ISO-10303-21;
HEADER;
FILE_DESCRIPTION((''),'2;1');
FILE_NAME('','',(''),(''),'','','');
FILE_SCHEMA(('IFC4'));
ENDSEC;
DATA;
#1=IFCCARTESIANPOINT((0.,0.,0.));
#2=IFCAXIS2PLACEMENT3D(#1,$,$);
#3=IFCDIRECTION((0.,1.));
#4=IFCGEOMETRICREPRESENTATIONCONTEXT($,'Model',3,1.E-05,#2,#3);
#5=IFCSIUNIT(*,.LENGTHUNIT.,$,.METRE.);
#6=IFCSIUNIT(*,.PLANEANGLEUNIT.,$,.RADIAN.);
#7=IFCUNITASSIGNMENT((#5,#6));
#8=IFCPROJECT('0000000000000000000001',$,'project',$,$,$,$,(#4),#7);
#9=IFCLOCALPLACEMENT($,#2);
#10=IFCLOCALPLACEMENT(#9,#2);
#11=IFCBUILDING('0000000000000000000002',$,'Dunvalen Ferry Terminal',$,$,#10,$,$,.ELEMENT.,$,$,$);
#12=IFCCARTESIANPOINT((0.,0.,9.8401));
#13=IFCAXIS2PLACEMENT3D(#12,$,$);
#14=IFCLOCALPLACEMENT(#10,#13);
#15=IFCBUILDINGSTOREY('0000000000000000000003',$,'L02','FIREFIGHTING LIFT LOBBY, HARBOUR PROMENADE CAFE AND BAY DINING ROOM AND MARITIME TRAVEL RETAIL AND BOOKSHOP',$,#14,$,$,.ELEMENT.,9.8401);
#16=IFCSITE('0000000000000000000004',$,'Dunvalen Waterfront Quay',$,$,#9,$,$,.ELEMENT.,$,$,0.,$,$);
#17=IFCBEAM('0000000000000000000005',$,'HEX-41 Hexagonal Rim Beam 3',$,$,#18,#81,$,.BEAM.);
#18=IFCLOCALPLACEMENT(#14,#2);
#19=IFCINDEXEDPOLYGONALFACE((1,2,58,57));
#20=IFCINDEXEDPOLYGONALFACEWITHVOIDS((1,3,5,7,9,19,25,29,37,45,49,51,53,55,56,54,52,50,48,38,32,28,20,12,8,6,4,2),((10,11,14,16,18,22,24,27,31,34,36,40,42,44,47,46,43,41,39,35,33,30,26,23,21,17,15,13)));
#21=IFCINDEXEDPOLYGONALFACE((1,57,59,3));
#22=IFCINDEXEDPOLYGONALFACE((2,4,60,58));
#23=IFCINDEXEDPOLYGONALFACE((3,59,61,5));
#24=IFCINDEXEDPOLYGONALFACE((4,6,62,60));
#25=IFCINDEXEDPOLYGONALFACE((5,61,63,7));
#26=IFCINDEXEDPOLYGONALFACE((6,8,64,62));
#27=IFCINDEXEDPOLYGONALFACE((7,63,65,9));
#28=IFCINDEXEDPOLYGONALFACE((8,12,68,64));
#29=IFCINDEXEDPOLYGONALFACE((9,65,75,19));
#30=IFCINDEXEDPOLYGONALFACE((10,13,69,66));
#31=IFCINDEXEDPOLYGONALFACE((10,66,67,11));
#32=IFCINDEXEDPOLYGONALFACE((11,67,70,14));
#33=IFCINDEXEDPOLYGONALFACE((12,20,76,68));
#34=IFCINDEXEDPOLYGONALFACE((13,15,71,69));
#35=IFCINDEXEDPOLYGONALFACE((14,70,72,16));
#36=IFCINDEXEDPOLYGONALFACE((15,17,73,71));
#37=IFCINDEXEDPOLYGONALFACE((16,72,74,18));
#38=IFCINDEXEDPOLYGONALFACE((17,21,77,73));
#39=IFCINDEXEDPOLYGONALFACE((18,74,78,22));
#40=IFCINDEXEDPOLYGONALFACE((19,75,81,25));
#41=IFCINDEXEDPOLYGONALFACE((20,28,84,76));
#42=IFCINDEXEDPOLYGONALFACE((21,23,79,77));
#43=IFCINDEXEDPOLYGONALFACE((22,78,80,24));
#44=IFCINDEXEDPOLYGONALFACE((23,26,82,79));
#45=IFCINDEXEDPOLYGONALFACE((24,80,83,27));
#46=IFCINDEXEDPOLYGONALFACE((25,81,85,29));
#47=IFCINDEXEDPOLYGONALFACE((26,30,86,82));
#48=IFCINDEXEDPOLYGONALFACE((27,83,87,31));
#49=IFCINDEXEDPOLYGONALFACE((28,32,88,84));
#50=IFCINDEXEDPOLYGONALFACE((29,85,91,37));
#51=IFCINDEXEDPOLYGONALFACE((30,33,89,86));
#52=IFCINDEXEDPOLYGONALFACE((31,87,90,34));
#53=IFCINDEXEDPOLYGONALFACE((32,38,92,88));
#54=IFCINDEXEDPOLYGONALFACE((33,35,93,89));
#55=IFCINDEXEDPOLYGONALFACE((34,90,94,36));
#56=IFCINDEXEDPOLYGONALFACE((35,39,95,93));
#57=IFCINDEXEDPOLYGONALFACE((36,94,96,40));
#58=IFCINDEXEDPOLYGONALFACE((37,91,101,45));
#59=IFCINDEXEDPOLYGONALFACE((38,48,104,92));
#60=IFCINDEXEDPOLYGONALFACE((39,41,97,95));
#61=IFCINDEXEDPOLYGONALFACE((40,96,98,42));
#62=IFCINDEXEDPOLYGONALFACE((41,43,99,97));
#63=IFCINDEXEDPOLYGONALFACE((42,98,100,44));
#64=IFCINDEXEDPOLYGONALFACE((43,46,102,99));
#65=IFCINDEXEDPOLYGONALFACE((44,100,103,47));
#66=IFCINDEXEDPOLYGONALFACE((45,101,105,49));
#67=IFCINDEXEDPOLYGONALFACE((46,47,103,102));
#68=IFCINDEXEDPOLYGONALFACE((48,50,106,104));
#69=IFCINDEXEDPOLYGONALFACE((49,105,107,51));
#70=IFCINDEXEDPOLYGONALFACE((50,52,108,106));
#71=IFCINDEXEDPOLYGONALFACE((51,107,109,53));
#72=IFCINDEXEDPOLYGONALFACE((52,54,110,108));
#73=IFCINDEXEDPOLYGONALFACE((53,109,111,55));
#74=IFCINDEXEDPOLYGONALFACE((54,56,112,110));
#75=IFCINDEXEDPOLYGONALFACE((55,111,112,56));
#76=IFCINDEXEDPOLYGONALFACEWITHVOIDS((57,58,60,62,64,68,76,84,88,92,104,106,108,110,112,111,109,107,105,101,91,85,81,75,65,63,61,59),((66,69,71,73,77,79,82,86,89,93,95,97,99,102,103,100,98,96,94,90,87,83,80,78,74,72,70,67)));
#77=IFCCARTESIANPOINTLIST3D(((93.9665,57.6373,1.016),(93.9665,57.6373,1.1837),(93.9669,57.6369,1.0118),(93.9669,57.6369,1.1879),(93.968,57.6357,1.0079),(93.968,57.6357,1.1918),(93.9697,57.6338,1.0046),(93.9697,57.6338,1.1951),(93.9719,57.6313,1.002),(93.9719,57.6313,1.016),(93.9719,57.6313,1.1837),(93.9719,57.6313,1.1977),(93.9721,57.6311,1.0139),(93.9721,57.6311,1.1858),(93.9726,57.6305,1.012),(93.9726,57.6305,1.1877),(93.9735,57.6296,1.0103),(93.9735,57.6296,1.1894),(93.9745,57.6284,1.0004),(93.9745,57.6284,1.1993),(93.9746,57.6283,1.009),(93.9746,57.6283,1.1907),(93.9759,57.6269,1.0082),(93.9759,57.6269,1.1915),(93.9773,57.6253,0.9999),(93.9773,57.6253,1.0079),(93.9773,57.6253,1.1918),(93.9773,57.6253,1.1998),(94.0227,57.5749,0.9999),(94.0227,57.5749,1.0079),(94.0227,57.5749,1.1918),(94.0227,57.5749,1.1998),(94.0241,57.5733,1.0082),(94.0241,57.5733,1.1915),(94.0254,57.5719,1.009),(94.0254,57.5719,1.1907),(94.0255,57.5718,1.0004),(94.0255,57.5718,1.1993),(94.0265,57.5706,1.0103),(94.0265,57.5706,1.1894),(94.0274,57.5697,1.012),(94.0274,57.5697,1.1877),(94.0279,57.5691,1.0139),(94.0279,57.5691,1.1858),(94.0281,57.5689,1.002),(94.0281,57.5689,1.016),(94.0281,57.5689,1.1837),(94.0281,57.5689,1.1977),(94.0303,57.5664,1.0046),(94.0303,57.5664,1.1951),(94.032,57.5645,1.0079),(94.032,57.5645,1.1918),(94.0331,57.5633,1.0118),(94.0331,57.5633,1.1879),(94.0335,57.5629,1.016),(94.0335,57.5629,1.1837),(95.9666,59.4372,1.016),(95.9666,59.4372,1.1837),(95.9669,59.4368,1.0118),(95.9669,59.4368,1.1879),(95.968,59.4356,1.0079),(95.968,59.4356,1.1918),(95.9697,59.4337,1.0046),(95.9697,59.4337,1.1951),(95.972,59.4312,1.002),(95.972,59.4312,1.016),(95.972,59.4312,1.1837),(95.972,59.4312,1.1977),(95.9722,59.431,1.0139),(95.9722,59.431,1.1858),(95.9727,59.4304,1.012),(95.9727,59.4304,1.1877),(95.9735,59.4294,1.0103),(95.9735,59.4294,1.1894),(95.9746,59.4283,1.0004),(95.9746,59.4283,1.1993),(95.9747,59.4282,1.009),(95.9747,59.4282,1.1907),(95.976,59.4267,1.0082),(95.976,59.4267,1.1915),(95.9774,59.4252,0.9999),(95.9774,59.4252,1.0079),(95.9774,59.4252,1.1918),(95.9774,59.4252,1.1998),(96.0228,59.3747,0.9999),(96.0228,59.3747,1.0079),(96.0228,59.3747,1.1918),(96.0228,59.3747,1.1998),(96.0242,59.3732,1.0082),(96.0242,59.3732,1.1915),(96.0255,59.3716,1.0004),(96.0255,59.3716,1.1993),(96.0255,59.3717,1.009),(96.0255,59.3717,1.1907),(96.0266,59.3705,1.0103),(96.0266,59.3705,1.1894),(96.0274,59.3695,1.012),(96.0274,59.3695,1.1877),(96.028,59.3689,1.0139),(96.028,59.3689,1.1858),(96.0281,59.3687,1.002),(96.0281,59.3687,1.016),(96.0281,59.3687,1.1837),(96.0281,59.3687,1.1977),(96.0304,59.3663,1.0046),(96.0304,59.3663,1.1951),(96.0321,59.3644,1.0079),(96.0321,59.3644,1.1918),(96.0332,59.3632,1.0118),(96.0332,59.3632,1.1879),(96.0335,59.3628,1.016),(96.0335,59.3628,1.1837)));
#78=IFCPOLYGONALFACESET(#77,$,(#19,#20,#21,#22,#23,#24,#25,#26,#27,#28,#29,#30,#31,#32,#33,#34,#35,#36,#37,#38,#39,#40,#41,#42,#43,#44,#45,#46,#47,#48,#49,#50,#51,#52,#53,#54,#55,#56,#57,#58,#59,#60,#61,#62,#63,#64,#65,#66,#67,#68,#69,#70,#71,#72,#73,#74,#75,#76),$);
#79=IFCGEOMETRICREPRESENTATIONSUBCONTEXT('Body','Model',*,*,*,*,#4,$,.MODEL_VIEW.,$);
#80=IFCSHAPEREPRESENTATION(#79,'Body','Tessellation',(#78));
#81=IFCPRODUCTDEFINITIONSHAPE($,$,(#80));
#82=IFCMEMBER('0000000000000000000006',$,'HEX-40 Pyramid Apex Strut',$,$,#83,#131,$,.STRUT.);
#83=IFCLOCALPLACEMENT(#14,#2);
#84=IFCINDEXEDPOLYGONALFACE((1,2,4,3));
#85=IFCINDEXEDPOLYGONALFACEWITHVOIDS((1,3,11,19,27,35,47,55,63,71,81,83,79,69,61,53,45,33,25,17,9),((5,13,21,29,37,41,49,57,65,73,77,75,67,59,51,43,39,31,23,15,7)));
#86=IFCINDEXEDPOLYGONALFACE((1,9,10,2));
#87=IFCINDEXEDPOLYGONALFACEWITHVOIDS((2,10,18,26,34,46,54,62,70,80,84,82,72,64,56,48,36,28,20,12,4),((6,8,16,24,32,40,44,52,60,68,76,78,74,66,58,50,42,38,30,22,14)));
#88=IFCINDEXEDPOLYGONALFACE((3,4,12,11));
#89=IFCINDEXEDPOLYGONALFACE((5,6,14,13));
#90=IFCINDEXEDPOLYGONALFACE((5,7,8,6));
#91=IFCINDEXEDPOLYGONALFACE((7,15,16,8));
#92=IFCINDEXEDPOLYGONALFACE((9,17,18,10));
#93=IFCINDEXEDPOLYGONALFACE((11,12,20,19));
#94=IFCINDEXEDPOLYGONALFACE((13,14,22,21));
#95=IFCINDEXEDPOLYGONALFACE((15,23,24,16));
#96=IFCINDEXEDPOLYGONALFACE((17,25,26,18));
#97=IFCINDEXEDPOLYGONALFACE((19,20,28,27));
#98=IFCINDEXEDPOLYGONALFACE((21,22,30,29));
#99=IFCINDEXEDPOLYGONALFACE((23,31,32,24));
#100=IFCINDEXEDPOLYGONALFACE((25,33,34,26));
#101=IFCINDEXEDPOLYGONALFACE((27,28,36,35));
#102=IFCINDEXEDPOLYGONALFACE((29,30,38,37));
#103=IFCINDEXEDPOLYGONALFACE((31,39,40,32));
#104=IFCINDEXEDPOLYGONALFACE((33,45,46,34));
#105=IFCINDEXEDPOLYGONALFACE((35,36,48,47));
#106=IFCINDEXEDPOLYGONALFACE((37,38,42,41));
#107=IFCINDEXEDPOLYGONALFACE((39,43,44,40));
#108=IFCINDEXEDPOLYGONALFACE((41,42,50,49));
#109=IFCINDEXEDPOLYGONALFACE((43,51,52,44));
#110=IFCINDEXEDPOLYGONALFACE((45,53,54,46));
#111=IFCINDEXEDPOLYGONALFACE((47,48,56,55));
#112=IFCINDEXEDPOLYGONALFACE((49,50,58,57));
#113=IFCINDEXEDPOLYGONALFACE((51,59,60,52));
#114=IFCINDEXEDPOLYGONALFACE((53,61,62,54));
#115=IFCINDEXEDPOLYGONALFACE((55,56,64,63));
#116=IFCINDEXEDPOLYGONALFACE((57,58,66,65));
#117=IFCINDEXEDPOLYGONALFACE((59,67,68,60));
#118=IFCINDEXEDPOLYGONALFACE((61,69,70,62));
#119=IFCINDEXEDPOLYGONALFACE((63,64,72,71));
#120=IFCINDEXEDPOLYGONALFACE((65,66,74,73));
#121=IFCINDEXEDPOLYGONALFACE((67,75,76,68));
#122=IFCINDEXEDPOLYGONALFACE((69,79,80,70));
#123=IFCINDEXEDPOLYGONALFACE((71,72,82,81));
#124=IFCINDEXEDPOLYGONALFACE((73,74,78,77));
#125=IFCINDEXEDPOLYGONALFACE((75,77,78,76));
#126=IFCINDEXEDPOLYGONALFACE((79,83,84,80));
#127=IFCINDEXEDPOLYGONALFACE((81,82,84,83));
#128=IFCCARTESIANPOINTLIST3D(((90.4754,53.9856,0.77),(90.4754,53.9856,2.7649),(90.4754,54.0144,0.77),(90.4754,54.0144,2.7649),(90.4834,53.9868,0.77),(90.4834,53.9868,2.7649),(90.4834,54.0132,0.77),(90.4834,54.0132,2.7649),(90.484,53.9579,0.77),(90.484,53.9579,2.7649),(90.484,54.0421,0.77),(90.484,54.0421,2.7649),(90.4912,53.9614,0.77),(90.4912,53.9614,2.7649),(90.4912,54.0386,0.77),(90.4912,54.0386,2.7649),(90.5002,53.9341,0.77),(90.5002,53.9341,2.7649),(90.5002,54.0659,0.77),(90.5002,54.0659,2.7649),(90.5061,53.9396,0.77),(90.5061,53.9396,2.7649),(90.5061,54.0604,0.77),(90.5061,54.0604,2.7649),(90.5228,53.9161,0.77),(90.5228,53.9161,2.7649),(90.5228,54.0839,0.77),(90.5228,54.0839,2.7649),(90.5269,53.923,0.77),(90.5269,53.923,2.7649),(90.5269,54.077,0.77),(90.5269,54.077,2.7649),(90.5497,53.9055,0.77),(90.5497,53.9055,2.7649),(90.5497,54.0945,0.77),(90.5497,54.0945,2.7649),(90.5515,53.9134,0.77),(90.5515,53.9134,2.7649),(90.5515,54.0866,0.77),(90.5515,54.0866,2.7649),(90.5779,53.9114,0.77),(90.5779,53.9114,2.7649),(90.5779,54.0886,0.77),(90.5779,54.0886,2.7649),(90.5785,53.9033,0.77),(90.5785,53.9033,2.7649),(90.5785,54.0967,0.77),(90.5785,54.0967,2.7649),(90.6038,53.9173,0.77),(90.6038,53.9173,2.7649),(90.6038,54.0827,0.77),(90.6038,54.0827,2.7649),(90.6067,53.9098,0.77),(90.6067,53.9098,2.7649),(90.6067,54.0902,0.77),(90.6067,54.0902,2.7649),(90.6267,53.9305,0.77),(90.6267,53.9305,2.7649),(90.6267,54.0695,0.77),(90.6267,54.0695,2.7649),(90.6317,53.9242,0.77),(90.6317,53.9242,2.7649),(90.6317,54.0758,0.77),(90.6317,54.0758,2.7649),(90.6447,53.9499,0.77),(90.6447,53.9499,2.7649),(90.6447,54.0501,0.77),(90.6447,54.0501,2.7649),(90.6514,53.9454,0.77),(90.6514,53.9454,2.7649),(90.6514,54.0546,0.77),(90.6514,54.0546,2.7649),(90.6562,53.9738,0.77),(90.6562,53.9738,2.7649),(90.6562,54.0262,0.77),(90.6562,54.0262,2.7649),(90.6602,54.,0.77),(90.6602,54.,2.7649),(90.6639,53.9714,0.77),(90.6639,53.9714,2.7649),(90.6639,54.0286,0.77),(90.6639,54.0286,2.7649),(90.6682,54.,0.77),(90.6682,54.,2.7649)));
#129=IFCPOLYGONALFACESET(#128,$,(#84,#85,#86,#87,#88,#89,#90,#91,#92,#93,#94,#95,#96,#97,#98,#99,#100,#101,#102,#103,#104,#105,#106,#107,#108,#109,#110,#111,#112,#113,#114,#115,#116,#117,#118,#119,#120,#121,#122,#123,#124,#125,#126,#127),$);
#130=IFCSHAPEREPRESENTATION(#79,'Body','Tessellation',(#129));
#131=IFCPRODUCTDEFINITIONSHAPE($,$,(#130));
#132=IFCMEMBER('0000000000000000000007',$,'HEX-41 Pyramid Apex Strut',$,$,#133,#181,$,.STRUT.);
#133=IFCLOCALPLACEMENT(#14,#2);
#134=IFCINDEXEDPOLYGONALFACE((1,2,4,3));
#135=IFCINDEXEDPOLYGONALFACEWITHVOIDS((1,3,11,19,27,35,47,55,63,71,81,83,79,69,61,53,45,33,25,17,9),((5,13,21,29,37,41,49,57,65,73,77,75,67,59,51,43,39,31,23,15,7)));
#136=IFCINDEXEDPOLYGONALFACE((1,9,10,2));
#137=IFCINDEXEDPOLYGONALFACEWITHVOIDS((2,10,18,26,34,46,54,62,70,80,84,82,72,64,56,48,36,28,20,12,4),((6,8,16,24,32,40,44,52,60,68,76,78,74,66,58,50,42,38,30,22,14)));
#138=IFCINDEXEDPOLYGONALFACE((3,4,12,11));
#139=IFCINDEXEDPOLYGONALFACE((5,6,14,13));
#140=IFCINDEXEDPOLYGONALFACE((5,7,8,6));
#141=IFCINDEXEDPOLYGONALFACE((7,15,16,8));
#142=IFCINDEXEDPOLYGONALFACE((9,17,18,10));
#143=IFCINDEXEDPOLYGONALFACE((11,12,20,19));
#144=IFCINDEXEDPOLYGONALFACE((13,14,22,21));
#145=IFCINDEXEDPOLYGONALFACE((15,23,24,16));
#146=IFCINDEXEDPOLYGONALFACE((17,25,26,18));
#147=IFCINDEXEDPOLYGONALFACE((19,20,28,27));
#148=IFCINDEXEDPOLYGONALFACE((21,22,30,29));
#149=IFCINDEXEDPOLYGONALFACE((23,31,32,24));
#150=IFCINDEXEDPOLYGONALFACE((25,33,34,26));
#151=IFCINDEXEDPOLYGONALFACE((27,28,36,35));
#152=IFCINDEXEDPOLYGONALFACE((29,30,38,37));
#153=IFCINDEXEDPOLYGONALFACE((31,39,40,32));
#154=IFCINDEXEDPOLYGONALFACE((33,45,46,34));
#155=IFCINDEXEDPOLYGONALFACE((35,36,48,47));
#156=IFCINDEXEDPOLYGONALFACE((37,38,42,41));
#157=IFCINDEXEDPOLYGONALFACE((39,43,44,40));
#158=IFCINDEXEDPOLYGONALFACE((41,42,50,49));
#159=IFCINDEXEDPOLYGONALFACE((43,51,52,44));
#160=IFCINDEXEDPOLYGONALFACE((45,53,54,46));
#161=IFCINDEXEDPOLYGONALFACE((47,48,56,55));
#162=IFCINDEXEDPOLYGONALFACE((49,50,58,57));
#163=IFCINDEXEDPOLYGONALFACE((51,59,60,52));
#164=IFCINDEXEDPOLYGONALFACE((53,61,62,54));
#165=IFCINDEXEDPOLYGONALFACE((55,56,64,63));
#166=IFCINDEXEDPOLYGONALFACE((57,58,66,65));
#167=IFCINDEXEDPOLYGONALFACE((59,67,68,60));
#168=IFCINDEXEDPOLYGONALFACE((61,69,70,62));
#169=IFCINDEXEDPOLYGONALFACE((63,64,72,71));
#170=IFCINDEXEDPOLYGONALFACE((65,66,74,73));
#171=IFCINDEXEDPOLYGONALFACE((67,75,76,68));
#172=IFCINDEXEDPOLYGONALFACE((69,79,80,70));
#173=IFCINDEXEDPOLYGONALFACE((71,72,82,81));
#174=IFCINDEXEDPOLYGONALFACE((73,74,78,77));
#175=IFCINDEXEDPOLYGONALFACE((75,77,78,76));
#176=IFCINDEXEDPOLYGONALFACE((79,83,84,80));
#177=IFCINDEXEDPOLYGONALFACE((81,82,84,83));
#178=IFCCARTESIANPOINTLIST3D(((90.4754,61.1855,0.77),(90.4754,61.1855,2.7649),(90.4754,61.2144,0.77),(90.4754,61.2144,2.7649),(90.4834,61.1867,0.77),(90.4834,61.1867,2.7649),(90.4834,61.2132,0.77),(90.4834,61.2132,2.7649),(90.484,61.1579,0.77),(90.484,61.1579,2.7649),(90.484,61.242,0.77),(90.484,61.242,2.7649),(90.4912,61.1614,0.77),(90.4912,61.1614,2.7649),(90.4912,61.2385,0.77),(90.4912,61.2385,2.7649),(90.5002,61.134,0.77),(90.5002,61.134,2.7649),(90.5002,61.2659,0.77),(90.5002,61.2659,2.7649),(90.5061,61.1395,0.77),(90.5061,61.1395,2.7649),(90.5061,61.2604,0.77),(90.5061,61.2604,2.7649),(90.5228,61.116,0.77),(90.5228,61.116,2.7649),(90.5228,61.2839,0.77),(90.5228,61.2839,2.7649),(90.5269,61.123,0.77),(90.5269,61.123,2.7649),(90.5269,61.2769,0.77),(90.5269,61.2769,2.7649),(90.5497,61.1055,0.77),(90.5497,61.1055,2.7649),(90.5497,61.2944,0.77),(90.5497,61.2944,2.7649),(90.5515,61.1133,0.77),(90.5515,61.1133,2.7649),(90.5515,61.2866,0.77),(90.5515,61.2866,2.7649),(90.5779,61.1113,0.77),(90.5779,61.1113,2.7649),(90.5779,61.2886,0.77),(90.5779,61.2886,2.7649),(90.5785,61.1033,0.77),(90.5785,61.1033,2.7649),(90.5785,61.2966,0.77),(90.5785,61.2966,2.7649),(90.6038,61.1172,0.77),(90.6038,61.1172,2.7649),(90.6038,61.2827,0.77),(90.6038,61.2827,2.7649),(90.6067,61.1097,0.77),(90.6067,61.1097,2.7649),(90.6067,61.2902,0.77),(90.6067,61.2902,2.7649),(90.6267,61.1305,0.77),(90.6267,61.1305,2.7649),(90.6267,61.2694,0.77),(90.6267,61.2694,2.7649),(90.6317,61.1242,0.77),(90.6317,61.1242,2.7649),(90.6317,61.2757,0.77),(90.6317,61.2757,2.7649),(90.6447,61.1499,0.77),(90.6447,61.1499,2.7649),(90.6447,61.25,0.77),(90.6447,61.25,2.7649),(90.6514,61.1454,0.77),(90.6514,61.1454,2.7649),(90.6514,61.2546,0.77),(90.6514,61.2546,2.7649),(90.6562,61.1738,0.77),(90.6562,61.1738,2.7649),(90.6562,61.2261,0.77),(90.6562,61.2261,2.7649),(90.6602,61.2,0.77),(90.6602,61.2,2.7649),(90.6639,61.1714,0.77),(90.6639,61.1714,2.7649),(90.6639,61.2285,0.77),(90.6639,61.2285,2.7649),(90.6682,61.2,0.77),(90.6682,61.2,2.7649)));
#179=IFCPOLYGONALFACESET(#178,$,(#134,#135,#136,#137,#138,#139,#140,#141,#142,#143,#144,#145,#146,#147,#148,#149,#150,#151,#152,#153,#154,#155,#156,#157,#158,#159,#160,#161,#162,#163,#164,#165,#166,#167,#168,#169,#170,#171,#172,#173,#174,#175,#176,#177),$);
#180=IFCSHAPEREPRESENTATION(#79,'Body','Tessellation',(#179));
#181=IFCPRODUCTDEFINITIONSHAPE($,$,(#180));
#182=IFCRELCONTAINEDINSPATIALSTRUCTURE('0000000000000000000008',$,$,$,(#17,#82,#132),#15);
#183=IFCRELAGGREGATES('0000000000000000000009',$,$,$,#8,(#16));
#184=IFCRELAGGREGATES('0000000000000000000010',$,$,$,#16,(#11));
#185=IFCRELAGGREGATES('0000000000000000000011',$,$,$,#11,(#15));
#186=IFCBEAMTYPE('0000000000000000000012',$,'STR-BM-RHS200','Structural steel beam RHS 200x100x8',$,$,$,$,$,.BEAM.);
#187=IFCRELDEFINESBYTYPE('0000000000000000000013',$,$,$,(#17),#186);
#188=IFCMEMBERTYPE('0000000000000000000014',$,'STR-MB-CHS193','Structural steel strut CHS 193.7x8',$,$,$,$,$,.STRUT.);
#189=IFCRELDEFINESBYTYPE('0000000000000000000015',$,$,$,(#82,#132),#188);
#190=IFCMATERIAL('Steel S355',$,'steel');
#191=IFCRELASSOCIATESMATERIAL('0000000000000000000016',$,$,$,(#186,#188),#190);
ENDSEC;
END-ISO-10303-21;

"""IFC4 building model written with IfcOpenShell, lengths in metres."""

from ifc_helpers import new_model, si_unit, direction, frame, origin, origin_2d, place, context, subcontext, project, spatial, hollow_rectangle, hollow_circle, extrude, material, material_profile, profile_set, type_object, element, save


model = new_model("IFC4")

# Units and contexts
model_context = context("Model", 3, precision=1e-05, world=origin(), true_north=direction((0.0, 1.0)))
body_context = subcontext(model_context, "Body", "Model", "MODEL_VIEW")
ifc_project = project(units=[si_unit("LENGTHUNIT", "METRE"), si_unit("PLANEANGLEUNIT", "RADIAN")], contexts=[model_context])

# Site, building, storey
site_placement = place(None, origin())
site = spatial("IfcSite", under=ifc_project, at=site_placement, Name="Dunvalen Waterfront Quay", CompositionType="ELEMENT", RefElevation=0.0)
building_placement = place(site_placement, origin())
building = spatial("IfcBuilding", under=site, at=building_placement, Name="Dunvalen Ferry Terminal", CompositionType="ELEMENT")
storey_placement = place(building_placement, frame((0.0, 0.0, 9.8401)))
storey = spatial("IfcBuildingStorey", under=building, at=storey_placement, Name="L02", Description="FIREFIGHTING LIFT LOBBY, HARBOUR PROMENADE CAFE AND BAY DINING ROOM AND MARITIME TRAVEL RETAIL AND BOOKSHOP", CompositionType="ELEMENT", Elevation=9.8401)

# Beam
ifc_material_1 = material(Name="Steel S355", Category="steel")
ifc_material_profile_1 = material_profile(ifc_material_1, hollow_rectangle(XDim=0.1001, YDim=0.2, WallThickness=0.0081, InnerFilletRadius=0.0081, OuterFilletRadius=0.0161, at=origin_2d()), Name="Steel S355")
ifc_profile_set_1 = profile_set([ifc_material_profile_1], Name="Steel S355")
beam_type = type_object("IfcBeamType", Name="STR-BM-RHS200", Description="Structural steel beam RHS 200x100x8", PredefinedType="BEAM", material=ifc_profile_set_1)
beam_placement = place(storey_placement, frame((94.0, 57.6001, 1.0999), z_axis=(0.74333, 0.668925, 0.0), x_axis=(-0.668925, 0.74333, 0.0)))
element("IfcBeam", 1, at=beam_placement, inside=storey, type_object=beam_type, Name="HEX-41 Hexagonal Rim Beam 3", PredefinedType="BEAM", context=body_context, shape_type="SweptSolid", body=[
    extrude(hollow_rectangle(XDim=0.1001, YDim=0.2, WallThickness=0.0081, InnerFilletRadius=0.0081, OuterFilletRadius=0.0161, at=origin_2d()), origin(), (0.0, 0.0, 1.0), 2.6907),
])

# Members
ifc_material_profile_2 = material_profile(ifc_material_1, hollow_circle(Radius=0.0969, WallThickness=0.0081, at=origin_2d()), Name="Steel S355")
ifc_profile_set_2 = profile_set([ifc_material_profile_2], Name="Steel S355")
member_type_1 = type_object("IfcMemberType", Name="STR-MB-CHS193", Description="Structural steel strut CHS 193.7x8", PredefinedType="STRUT", material=ifc_profile_set_2)
for number, where, z_axis, x_axis, name in (
    (2, (90.5713, 54.0, 0.77), (0.0, 0.0, 1.0), (1.0, 0.0, 0.0), "HEX-40 Pyramid Apex Strut"),
    (3, (90.5713, 61.2, 0.77), (0.0, 0.0, 1.0), (1.0, 0.0, 0.0), "HEX-41 Pyramid Apex Strut"),
):
    element("IfcMember", number, at=place(storey_placement, frame(where, z_axis=z_axis, x_axis=x_axis)), inside=storey, type_object=member_type_1, Name=name, PredefinedType="STRUT", context=body_context, shape_type="SweptSolid", body=[
        extrude(hollow_circle(Radius=0.0969, WallThickness=0.0081, at=origin_2d()), origin(), (0.0, 0.0, 1.0), 1.9949),
    ])

save(model, "model.ifc")
